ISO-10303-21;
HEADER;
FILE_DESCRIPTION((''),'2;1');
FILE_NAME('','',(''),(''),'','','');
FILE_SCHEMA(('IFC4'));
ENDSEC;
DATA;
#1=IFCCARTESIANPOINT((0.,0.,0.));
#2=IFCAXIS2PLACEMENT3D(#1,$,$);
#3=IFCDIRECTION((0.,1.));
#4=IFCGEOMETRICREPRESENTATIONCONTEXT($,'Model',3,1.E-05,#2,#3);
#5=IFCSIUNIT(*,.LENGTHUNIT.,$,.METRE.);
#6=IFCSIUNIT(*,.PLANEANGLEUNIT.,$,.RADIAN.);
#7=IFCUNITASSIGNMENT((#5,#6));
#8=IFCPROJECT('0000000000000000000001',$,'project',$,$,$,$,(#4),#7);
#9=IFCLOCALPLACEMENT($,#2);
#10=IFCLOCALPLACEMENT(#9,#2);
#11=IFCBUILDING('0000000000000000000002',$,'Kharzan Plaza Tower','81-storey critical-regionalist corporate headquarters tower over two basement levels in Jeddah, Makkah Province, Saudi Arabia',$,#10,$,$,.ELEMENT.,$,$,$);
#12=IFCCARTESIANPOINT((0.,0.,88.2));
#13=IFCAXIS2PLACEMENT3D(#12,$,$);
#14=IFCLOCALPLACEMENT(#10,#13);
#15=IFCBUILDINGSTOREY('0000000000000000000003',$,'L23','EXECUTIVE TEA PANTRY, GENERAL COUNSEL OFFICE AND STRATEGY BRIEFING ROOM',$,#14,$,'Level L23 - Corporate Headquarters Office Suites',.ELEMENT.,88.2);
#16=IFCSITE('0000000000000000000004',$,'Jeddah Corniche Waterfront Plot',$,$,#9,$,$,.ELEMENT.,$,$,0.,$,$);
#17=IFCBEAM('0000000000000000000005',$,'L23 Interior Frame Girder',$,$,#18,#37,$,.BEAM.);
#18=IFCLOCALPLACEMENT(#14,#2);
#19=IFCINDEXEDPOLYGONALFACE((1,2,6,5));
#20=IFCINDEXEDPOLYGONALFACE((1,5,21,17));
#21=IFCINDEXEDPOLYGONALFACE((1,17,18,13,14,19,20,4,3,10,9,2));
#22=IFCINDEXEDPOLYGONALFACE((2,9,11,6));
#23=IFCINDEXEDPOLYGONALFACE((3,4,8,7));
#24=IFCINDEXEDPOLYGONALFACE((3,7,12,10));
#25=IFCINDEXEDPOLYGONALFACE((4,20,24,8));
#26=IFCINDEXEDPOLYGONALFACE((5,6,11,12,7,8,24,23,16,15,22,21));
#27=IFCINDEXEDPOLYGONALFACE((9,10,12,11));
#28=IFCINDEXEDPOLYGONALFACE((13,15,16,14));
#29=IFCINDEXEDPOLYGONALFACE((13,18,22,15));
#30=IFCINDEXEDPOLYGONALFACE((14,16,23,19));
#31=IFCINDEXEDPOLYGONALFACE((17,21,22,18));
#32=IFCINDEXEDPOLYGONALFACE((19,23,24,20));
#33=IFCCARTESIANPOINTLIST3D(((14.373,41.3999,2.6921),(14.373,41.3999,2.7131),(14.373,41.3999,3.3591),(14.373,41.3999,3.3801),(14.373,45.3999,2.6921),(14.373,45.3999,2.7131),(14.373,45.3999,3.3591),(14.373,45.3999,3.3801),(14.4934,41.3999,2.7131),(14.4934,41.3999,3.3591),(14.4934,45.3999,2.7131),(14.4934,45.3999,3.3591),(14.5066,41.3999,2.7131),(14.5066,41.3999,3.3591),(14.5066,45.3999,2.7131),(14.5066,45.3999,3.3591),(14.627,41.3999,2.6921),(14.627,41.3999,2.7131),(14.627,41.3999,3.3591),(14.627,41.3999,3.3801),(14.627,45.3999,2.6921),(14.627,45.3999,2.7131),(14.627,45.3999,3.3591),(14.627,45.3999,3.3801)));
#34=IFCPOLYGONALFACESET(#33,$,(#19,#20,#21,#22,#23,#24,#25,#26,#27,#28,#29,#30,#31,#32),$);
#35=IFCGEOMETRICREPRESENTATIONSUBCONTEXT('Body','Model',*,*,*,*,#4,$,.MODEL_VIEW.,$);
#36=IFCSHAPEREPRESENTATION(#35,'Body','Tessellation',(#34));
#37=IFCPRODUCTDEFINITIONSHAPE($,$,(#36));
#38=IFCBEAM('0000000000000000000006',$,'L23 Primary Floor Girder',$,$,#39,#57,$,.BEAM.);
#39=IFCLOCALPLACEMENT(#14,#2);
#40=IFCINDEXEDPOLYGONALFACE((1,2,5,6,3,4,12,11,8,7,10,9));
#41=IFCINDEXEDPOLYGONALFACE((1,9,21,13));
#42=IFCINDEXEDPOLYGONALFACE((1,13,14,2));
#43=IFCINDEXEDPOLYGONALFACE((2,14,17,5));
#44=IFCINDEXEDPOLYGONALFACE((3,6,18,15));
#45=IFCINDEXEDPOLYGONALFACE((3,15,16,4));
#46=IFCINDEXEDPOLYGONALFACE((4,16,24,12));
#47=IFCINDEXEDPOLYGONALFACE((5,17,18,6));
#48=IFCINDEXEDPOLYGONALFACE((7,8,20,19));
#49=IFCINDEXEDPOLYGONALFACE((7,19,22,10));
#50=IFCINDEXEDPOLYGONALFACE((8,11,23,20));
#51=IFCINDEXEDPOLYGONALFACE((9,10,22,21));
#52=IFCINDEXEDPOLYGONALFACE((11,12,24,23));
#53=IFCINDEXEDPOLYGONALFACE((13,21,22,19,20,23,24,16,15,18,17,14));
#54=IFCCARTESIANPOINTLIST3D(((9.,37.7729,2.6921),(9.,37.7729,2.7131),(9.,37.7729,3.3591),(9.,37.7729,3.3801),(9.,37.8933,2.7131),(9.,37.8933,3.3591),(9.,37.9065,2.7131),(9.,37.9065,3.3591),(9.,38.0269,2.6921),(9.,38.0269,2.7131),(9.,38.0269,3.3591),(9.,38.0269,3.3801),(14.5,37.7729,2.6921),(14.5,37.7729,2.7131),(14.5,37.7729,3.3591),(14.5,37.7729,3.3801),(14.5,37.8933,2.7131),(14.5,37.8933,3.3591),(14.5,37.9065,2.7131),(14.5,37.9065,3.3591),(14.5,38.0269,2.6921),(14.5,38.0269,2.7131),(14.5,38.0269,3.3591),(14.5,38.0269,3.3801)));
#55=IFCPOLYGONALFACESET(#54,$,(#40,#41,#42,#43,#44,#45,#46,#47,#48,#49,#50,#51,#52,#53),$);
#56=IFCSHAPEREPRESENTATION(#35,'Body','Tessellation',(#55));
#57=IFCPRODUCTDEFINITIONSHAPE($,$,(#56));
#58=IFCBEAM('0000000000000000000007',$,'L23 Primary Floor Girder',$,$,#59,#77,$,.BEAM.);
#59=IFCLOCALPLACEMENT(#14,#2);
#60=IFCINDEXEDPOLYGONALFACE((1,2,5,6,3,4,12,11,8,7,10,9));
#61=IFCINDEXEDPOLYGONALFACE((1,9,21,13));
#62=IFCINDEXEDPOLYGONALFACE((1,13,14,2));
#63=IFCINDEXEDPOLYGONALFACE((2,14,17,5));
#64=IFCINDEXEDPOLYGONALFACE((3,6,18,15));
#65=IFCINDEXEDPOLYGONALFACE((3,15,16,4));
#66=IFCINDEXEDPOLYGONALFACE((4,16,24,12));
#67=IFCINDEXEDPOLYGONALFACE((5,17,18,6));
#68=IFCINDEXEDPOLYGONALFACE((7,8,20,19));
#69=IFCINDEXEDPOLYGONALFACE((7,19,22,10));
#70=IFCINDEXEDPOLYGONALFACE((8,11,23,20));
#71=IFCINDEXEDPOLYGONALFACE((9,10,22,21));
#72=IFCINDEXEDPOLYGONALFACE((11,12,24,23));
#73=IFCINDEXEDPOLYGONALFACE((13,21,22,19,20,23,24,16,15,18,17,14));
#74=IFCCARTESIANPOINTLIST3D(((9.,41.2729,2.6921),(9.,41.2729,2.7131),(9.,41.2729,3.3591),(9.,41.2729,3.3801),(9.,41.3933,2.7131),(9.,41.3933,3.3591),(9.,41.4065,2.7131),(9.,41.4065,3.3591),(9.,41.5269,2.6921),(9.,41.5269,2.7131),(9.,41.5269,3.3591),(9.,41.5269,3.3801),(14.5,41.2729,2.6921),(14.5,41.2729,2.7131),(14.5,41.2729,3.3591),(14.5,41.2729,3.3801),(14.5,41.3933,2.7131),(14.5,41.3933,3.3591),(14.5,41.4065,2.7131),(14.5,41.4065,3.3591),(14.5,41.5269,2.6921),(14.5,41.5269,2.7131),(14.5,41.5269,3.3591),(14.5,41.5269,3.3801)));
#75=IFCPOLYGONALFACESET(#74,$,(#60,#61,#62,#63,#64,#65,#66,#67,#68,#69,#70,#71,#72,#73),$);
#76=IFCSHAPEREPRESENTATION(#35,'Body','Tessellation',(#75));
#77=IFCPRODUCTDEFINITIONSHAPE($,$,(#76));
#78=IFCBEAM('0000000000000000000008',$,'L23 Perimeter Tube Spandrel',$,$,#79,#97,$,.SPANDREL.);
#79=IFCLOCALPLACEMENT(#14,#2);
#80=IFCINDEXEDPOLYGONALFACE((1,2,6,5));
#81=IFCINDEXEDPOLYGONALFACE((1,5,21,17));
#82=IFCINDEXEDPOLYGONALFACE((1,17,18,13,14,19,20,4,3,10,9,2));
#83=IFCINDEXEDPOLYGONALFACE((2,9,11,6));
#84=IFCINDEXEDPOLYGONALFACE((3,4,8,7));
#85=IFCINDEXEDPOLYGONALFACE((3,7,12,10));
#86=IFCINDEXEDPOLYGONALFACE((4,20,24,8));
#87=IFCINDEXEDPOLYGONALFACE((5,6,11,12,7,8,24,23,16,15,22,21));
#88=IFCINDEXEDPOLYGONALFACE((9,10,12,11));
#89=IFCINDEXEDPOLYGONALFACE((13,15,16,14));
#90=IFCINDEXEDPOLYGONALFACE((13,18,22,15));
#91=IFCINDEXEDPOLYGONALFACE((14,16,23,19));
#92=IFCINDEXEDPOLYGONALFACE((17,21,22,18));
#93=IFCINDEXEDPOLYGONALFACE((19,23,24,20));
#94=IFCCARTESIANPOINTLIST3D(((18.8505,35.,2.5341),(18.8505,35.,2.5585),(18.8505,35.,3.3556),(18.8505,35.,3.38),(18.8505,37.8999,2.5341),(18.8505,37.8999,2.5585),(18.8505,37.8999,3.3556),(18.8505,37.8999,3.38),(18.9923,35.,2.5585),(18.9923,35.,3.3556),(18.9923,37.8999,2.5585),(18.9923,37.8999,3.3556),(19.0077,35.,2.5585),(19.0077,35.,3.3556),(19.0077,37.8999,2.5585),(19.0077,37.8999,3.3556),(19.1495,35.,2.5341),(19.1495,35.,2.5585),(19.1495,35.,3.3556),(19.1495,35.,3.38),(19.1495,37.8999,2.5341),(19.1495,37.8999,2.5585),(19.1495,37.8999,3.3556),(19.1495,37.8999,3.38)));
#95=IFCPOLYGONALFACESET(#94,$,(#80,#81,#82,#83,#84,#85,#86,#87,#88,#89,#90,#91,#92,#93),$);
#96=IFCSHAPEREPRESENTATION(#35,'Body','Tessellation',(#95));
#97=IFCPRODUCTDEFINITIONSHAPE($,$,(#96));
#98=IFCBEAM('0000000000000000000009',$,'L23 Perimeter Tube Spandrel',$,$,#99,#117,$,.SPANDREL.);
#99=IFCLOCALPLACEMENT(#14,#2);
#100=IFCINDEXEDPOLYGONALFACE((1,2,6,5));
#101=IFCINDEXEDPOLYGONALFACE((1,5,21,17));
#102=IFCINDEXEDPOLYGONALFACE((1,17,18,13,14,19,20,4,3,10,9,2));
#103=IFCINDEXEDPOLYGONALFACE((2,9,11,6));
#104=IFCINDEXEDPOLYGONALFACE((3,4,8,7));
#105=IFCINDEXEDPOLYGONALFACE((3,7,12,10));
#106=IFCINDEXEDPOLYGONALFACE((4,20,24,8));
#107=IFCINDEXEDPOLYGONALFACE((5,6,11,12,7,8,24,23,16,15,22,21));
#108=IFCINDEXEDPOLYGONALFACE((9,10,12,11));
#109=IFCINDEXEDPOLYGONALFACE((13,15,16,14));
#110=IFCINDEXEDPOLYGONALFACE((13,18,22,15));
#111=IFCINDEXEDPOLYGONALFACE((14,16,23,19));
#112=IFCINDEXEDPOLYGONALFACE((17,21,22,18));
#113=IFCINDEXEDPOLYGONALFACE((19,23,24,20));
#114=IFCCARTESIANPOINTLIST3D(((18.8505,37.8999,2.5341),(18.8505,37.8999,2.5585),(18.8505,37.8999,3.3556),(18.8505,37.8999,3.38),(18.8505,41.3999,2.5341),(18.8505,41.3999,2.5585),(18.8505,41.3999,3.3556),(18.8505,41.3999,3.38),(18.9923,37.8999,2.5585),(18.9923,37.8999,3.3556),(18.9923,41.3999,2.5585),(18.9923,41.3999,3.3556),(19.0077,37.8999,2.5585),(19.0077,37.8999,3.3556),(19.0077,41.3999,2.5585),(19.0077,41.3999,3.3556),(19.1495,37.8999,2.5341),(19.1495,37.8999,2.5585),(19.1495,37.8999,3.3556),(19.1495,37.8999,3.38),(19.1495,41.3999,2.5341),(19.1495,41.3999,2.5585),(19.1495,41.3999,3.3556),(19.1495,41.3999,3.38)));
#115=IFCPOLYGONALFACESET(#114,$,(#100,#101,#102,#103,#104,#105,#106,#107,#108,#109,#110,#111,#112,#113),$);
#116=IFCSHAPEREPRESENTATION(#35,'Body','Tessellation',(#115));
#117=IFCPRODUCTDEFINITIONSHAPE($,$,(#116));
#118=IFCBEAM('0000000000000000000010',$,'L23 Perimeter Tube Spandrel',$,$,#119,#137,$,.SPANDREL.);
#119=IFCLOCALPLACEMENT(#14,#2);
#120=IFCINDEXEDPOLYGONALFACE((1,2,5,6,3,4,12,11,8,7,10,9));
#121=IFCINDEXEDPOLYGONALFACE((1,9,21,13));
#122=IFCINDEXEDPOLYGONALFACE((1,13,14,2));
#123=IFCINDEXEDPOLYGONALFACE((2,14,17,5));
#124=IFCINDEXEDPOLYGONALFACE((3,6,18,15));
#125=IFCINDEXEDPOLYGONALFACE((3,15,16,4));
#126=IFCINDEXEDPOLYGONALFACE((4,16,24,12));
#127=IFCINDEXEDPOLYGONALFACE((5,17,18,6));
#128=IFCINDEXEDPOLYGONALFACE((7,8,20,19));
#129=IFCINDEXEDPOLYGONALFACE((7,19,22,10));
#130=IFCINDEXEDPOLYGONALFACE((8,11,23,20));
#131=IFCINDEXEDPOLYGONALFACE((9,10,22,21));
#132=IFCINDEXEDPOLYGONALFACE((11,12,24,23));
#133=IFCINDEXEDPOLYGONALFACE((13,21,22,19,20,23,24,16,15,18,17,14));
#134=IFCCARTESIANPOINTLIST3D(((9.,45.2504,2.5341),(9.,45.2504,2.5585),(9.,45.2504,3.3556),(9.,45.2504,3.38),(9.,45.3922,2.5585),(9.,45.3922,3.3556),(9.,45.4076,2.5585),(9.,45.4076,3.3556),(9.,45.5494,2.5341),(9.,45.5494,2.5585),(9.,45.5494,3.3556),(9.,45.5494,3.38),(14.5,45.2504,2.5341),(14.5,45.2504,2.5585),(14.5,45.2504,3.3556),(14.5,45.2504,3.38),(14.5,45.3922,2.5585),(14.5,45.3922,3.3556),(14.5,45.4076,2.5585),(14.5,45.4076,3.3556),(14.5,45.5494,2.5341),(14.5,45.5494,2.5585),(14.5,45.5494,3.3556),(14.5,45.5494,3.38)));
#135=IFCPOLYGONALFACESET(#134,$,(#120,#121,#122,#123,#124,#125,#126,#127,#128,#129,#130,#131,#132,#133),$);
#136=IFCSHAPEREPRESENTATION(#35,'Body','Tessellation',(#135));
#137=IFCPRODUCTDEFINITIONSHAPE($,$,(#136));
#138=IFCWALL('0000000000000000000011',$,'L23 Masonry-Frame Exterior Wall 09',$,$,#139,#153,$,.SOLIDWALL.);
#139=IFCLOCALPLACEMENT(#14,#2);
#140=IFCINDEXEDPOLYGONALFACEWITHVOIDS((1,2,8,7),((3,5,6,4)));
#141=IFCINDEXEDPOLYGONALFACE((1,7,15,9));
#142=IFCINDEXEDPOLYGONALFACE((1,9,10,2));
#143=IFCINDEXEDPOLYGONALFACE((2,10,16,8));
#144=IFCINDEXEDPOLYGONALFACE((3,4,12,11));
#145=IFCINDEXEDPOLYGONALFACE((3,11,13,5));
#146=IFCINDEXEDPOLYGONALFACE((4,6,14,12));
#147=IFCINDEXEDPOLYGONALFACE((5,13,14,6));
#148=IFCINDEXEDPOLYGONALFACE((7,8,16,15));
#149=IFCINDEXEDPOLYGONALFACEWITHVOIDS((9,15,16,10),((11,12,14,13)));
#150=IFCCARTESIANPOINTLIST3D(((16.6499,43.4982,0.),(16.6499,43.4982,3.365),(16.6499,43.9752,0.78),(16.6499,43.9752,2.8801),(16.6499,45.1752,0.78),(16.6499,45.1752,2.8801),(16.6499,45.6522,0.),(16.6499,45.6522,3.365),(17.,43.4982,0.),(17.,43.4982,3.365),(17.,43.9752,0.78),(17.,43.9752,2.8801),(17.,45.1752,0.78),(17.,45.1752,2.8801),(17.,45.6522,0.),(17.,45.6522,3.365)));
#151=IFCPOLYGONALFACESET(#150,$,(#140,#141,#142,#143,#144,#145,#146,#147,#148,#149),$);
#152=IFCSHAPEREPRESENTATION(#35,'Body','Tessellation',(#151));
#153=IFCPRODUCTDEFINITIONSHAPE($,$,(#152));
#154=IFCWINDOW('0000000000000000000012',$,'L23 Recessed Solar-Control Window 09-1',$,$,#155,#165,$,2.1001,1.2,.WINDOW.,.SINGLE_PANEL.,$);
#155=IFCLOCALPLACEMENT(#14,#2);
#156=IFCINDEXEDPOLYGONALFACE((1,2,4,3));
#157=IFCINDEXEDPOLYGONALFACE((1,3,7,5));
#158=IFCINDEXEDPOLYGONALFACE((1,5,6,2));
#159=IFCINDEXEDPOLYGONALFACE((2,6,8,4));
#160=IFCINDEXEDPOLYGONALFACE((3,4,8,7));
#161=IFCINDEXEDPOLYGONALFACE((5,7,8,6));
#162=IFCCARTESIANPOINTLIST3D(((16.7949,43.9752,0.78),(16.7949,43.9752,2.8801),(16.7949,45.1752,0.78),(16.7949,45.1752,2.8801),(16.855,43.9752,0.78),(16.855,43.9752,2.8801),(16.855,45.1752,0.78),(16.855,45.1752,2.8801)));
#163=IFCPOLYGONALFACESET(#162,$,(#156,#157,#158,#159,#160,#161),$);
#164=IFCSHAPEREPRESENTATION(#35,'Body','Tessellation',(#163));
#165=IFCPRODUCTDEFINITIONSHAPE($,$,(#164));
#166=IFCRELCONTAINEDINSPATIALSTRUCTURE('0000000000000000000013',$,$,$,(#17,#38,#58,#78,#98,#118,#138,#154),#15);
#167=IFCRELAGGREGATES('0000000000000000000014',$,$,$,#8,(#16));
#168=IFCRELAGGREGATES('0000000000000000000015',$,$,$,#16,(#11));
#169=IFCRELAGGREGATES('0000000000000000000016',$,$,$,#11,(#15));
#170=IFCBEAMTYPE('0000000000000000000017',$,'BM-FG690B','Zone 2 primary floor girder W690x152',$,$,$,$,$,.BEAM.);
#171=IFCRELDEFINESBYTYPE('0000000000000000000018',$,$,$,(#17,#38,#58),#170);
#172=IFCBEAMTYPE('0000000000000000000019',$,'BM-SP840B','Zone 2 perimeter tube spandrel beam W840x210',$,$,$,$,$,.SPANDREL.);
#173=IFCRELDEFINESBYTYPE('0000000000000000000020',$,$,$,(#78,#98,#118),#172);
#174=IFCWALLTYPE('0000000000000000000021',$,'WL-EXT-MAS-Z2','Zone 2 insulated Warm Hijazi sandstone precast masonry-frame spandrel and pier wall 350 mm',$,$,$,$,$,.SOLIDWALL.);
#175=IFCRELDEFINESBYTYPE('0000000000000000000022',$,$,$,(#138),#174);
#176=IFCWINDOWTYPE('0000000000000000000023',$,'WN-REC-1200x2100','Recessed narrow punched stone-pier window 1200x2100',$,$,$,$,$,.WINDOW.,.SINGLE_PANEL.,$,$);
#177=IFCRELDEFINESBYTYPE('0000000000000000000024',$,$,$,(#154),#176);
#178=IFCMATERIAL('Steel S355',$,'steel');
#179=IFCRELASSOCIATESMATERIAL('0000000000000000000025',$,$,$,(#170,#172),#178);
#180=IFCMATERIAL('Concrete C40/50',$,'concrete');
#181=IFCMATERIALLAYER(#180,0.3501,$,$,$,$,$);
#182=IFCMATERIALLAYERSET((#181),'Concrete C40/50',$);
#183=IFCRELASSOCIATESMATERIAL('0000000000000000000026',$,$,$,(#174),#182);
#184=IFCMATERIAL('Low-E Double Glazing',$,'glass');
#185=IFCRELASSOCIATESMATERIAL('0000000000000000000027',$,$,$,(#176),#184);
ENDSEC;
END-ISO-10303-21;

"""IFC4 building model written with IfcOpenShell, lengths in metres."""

from ifc_helpers import new_model, si_unit, direction, frame, frame_2d, origin, origin_2d, place, context, subcontext, project, spatial, rectangle, i_section, extrude, source, transform, mapped, material, layer, layer_set, material_profile, profile_set, type_object, element, fill, save


model = new_model("IFC4")

# Units and contexts
model_context = context("Model", 3, precision=1e-05, world=origin(), true_north=direction((0.0, 1.0)))
body_context = subcontext(model_context, "Body", "Model", "MODEL_VIEW")
ifc_project = project(units=[si_unit("LENGTHUNIT", "METRE"), si_unit("PLANEANGLEUNIT", "RADIAN")], contexts=[model_context])

# Site, building, storey
site_placement = place(None, origin())
site = spatial("IfcSite", under=ifc_project, at=site_placement, Name="Jeddah Corniche Waterfront Plot", CompositionType="ELEMENT", RefElevation=0.0)
building_placement = place(site_placement, origin())
building = spatial("IfcBuilding", under=site, at=building_placement, Name="Kharzan Plaza Tower", Description="81-storey critical-regionalist corporate headquarters tower over two basement levels in Jeddah, Makkah Province, Saudi Arabia", CompositionType="ELEMENT")
storey_placement = place(building_placement, frame((0.0, 0.0, 88.2)))
storey = spatial("IfcBuildingStorey", under=building, at=storey_placement, Name="L23", Description="EXECUTIVE TEA PANTRY, GENERAL COUNSEL OFFICE AND STRATEGY BRIEFING ROOM", LongName="Level L23 - Corporate Headquarters Office Suites", CompositionType="ELEMENT", Elevation=88.2)

# Beams
ifc_material_1 = material(Name="Steel S355", Category="steel")
ifc_material_profile_1 = material_profile(ifc_material_1, i_section(OverallWidth=0.2539, OverallDepth=0.688, WebThickness=0.0132, FlangeThickness=0.021, at=origin_2d()), Name="W690x152")
ifc_profile_set_1 = profile_set([ifc_material_profile_1], Name="Steel S355")
beam_type_1 = type_object("IfcBeamType", Name="BM-FG690B", Description="Zone 2 primary floor girder W690x152", PredefinedType="BEAM", material=ifc_profile_set_1)
shared_shape_1 = source(origin(), body_context, "Body", "SweptSolid", [
    extrude(i_section(OverallWidth=0.2539, OverallDepth=0.688, WebThickness=0.0132, FlangeThickness=0.021, at=origin_2d()), origin(), (0.0, 0.0, 1.0), 4.0),
])
for number, where, z_axis, x_axis, name in (
    (1, (14.5, 41.3999, 3.0361), (0.0, 1.0, 0.0), (-1.0, 0.0, 0.0), "L23 Interior Frame Girder"),
):
    element("IfcBeam", number, at=place(storey_placement, frame(where, z_axis=z_axis, x_axis=x_axis)), inside=storey, type_object=beam_type_1, Name=name, PredefinedType="BEAM", context=body_context, shape_type="MappedRepresentation", body=[
        mapped(shared_shape_1, transform((0.0, 0.0, 0.0), x_axis=(1.0, 0.0, 0.0), y_axis=(0.0, 1.0, 0.0), z_axis=(0.0, 0.0, 1.0))),
    ])
shared_shape_2 = source(origin(), body_context, "Body", "SweptSolid", [
    extrude(i_section(OverallWidth=0.2539, OverallDepth=0.688, WebThickness=0.0132, FlangeThickness=0.021, at=origin_2d()), origin(), (0.0, 0.0, 1.0), 5.5),
])
for number, where, z_axis, x_axis, name in (
    (2, (9.0, 37.8999, 3.0361), (1.0, 0.0, 0.0), (0.0, 1.0, 0.0), "L23 Primary Floor Girder"),
    (3, (9.0, 41.3999, 3.0361), (1.0, 0.0, 0.0), (0.0, 1.0, 0.0), "L23 Primary Floor Girder"),
):
    element("IfcBeam", number, at=place(storey_placement, frame(where, z_axis=z_axis, x_axis=x_axis)), inside=storey, type_object=beam_type_1, Name=name, PredefinedType="BEAM", context=body_context, shape_type="MappedRepresentation", body=[
        mapped(shared_shape_2, transform((0.0, 0.0, 0.0), x_axis=(1.0, 0.0, 0.0), y_axis=(0.0, 1.0, 0.0), z_axis=(0.0, 0.0, 1.0))),
    ])
ifc_material_profile_2 = material_profile(ifc_material_1, i_section(OverallWidth=0.2991, OverallDepth=0.8459, WebThickness=0.0154, FlangeThickness=0.0244, at=origin_2d()), Name="W840x210")
ifc_profile_set_2 = profile_set([ifc_material_profile_2], Name="Steel S355")
beam_type_2 = type_object("IfcBeamType", Name="BM-SP840B", Description="Zone 2 perimeter tube spandrel beam W840x210", PredefinedType="SPANDREL", material=ifc_profile_set_2)
shared_shape_3 = source(origin(), body_context, "Body", "SweptSolid", [
    extrude(i_section(OverallWidth=0.2991, OverallDepth=0.8459, WebThickness=0.0154, FlangeThickness=0.0244, at=origin_2d()), origin(), (0.0, 0.0, 1.0), 2.8999),
])
beam_1_placement = place(storey_placement, frame((19.0, 35.0, 2.957), z_axis=(0.0, 1.0, 0.0), x_axis=(-1.0, 0.0, 0.0)))
element("IfcBeam", 4, at=beam_1_placement, inside=storey, type_object=beam_type_2, Name="L23 Perimeter Tube Spandrel", PredefinedType="SPANDREL", context=body_context, shape_type="MappedRepresentation", body=[
    mapped(shared_shape_3, transform((0.0, 0.0, 0.0), x_axis=(1.0, 0.0, 0.0), y_axis=(0.0, 1.0, 0.0), z_axis=(0.0, 0.0, 1.0))),
])
shared_shape_4 = source(origin(), body_context, "Body", "SweptSolid", [
    extrude(i_section(OverallWidth=0.2991, OverallDepth=0.8459, WebThickness=0.0154, FlangeThickness=0.0244, at=origin_2d()), origin(), (0.0, 0.0, 1.0), 3.5),
])
beam_2_placement = place(storey_placement, frame((19.0, 37.8999, 2.957), z_axis=(0.0, 1.0, 0.0), x_axis=(-1.0, 0.0, 0.0)))
element("IfcBeam", 5, at=beam_2_placement, inside=storey, type_object=beam_type_2, Name="L23 Perimeter Tube Spandrel", PredefinedType="SPANDREL", context=body_context, shape_type="MappedRepresentation", body=[
    mapped(shared_shape_4, transform((0.0, 0.0, 0.0), x_axis=(1.0, 0.0, 0.0), y_axis=(0.0, 1.0, 0.0), z_axis=(0.0, 0.0, 1.0))),
])
shared_shape_5 = source(origin(), body_context, "Body", "SweptSolid", [
    extrude(i_section(OverallWidth=0.2991, OverallDepth=0.8459, WebThickness=0.0154, FlangeThickness=0.0244, at=origin_2d()), origin(), (0.0, 0.0, 1.0), 5.5),
])
beam_3_placement = place(storey_placement, frame((9.0, 45.3999, 2.957), z_axis=(1.0, 0.0, 0.0), x_axis=(0.0, 1.0, 0.0)))
element("IfcBeam", 6, at=beam_3_placement, inside=storey, type_object=beam_type_2, Name="L23 Perimeter Tube Spandrel", PredefinedType="SPANDREL", context=body_context, shape_type="MappedRepresentation", body=[
    mapped(shared_shape_5, transform((0.0, 0.0, 0.0), x_axis=(1.0, 0.0, 0.0), y_axis=(0.0, 1.0, 0.0), z_axis=(0.0, 0.0, 1.0))),
])

# Wall, opening, window
ifc_material_2 = material(Name="Concrete C40/50", Category="concrete")
ifc_layer_1 = layer(ifc_material_2, 0.3501)
ifc_layer_set_1 = layer_set([ifc_layer_1], Name="Concrete C40/50")
wall_type_1 = type_object("IfcWallType", Name="WL-EXT-MAS-Z2", Description="Zone 2 insulated Warm Hijazi sandstone precast masonry-frame spandrel and pier wall 350 mm", PredefinedType="SOLIDWALL", material=ifc_layer_set_1)
wall_1_placement = place(storey_placement, frame((16.825, 43.498, 0.0), z_axis=(0.0, 0.0, 1.0), x_axis=(0.0, 1.0, 0.0)))
wall_1 = element("IfcWall", 7, at=wall_1_placement, inside=storey, type_object=wall_type_1, Name="L23 Masonry-Frame Exterior Wall 09", PredefinedType="SOLIDWALL", context=body_context, shape_type="SweptSolid", body=[
    extrude(rectangle(XDim=2.1541, YDim=0.3501, at=frame_2d((1.0771, 0.0))), origin(), (0.0, 0.0, 1.0), 3.365),
])
opening_1_placement = place(wall_1_placement, frame((0.4771, 0.0, 0.78)))
opening_1 = element("IfcOpeningElement", 8, at=opening_1_placement, cuts=wall_1, PredefinedType="OPENING", context=body_context, shape_type="SweptSolid", body=[
    extrude(rectangle(XDim=1.2, YDim=2.1001, at=frame_2d((0.6001, 1.05))), frame((0.0, 0.1851, 0.0), z_axis=(0.0, -1.0, 0.0), x_axis=(1.0, 0.0, 0.0)), (0.0, 0.0, 1.0), 0.3701),
])
ifc_material_3 = material(Name="Low-E Double Glazing", Category="glass")
window_type_1 = type_object("IfcWindowType", Name="WN-REC-1200x2100", Description="Recessed narrow punched stone-pier window 1200x2100", PartitioningType="SINGLE_PANEL", PredefinedType="WINDOW", material=ifc_material_3)
shared_shape_6 = source(origin(), body_context, "Body", "SweptSolid", [
    extrude(rectangle(XDim=1.2, YDim=2.1001, at=frame_2d((0.6001, 1.05))), frame((0.0, 0.03, 0.0), z_axis=(0.0, -1.0, 0.0), x_axis=(1.0, 0.0, 0.0)), (0.0, 0.0, 1.0), 0.0601),
])
window_1_placement = place(opening_1_placement, origin())
window_1 = element("IfcWindow", 9, at=window_1_placement, inside=storey, type_object=window_type_1, Name="L23 Recessed Solar-Control Window 09-1", OverallHeight=2.1001, OverallWidth=1.2, PartitioningType="SINGLE_PANEL", PredefinedType="WINDOW", context=body_context, shape_type="MappedRepresentation", body=[
    mapped(shared_shape_6, transform((0.0, 0.0, 0.0), x_axis=(1.0, 0.0, 0.0), y_axis=(0.0, 1.0, 0.0), z_axis=(0.0, 0.0, 1.0))),
])
fill(opening_1, window_1)

save(model, "model.ifc")
